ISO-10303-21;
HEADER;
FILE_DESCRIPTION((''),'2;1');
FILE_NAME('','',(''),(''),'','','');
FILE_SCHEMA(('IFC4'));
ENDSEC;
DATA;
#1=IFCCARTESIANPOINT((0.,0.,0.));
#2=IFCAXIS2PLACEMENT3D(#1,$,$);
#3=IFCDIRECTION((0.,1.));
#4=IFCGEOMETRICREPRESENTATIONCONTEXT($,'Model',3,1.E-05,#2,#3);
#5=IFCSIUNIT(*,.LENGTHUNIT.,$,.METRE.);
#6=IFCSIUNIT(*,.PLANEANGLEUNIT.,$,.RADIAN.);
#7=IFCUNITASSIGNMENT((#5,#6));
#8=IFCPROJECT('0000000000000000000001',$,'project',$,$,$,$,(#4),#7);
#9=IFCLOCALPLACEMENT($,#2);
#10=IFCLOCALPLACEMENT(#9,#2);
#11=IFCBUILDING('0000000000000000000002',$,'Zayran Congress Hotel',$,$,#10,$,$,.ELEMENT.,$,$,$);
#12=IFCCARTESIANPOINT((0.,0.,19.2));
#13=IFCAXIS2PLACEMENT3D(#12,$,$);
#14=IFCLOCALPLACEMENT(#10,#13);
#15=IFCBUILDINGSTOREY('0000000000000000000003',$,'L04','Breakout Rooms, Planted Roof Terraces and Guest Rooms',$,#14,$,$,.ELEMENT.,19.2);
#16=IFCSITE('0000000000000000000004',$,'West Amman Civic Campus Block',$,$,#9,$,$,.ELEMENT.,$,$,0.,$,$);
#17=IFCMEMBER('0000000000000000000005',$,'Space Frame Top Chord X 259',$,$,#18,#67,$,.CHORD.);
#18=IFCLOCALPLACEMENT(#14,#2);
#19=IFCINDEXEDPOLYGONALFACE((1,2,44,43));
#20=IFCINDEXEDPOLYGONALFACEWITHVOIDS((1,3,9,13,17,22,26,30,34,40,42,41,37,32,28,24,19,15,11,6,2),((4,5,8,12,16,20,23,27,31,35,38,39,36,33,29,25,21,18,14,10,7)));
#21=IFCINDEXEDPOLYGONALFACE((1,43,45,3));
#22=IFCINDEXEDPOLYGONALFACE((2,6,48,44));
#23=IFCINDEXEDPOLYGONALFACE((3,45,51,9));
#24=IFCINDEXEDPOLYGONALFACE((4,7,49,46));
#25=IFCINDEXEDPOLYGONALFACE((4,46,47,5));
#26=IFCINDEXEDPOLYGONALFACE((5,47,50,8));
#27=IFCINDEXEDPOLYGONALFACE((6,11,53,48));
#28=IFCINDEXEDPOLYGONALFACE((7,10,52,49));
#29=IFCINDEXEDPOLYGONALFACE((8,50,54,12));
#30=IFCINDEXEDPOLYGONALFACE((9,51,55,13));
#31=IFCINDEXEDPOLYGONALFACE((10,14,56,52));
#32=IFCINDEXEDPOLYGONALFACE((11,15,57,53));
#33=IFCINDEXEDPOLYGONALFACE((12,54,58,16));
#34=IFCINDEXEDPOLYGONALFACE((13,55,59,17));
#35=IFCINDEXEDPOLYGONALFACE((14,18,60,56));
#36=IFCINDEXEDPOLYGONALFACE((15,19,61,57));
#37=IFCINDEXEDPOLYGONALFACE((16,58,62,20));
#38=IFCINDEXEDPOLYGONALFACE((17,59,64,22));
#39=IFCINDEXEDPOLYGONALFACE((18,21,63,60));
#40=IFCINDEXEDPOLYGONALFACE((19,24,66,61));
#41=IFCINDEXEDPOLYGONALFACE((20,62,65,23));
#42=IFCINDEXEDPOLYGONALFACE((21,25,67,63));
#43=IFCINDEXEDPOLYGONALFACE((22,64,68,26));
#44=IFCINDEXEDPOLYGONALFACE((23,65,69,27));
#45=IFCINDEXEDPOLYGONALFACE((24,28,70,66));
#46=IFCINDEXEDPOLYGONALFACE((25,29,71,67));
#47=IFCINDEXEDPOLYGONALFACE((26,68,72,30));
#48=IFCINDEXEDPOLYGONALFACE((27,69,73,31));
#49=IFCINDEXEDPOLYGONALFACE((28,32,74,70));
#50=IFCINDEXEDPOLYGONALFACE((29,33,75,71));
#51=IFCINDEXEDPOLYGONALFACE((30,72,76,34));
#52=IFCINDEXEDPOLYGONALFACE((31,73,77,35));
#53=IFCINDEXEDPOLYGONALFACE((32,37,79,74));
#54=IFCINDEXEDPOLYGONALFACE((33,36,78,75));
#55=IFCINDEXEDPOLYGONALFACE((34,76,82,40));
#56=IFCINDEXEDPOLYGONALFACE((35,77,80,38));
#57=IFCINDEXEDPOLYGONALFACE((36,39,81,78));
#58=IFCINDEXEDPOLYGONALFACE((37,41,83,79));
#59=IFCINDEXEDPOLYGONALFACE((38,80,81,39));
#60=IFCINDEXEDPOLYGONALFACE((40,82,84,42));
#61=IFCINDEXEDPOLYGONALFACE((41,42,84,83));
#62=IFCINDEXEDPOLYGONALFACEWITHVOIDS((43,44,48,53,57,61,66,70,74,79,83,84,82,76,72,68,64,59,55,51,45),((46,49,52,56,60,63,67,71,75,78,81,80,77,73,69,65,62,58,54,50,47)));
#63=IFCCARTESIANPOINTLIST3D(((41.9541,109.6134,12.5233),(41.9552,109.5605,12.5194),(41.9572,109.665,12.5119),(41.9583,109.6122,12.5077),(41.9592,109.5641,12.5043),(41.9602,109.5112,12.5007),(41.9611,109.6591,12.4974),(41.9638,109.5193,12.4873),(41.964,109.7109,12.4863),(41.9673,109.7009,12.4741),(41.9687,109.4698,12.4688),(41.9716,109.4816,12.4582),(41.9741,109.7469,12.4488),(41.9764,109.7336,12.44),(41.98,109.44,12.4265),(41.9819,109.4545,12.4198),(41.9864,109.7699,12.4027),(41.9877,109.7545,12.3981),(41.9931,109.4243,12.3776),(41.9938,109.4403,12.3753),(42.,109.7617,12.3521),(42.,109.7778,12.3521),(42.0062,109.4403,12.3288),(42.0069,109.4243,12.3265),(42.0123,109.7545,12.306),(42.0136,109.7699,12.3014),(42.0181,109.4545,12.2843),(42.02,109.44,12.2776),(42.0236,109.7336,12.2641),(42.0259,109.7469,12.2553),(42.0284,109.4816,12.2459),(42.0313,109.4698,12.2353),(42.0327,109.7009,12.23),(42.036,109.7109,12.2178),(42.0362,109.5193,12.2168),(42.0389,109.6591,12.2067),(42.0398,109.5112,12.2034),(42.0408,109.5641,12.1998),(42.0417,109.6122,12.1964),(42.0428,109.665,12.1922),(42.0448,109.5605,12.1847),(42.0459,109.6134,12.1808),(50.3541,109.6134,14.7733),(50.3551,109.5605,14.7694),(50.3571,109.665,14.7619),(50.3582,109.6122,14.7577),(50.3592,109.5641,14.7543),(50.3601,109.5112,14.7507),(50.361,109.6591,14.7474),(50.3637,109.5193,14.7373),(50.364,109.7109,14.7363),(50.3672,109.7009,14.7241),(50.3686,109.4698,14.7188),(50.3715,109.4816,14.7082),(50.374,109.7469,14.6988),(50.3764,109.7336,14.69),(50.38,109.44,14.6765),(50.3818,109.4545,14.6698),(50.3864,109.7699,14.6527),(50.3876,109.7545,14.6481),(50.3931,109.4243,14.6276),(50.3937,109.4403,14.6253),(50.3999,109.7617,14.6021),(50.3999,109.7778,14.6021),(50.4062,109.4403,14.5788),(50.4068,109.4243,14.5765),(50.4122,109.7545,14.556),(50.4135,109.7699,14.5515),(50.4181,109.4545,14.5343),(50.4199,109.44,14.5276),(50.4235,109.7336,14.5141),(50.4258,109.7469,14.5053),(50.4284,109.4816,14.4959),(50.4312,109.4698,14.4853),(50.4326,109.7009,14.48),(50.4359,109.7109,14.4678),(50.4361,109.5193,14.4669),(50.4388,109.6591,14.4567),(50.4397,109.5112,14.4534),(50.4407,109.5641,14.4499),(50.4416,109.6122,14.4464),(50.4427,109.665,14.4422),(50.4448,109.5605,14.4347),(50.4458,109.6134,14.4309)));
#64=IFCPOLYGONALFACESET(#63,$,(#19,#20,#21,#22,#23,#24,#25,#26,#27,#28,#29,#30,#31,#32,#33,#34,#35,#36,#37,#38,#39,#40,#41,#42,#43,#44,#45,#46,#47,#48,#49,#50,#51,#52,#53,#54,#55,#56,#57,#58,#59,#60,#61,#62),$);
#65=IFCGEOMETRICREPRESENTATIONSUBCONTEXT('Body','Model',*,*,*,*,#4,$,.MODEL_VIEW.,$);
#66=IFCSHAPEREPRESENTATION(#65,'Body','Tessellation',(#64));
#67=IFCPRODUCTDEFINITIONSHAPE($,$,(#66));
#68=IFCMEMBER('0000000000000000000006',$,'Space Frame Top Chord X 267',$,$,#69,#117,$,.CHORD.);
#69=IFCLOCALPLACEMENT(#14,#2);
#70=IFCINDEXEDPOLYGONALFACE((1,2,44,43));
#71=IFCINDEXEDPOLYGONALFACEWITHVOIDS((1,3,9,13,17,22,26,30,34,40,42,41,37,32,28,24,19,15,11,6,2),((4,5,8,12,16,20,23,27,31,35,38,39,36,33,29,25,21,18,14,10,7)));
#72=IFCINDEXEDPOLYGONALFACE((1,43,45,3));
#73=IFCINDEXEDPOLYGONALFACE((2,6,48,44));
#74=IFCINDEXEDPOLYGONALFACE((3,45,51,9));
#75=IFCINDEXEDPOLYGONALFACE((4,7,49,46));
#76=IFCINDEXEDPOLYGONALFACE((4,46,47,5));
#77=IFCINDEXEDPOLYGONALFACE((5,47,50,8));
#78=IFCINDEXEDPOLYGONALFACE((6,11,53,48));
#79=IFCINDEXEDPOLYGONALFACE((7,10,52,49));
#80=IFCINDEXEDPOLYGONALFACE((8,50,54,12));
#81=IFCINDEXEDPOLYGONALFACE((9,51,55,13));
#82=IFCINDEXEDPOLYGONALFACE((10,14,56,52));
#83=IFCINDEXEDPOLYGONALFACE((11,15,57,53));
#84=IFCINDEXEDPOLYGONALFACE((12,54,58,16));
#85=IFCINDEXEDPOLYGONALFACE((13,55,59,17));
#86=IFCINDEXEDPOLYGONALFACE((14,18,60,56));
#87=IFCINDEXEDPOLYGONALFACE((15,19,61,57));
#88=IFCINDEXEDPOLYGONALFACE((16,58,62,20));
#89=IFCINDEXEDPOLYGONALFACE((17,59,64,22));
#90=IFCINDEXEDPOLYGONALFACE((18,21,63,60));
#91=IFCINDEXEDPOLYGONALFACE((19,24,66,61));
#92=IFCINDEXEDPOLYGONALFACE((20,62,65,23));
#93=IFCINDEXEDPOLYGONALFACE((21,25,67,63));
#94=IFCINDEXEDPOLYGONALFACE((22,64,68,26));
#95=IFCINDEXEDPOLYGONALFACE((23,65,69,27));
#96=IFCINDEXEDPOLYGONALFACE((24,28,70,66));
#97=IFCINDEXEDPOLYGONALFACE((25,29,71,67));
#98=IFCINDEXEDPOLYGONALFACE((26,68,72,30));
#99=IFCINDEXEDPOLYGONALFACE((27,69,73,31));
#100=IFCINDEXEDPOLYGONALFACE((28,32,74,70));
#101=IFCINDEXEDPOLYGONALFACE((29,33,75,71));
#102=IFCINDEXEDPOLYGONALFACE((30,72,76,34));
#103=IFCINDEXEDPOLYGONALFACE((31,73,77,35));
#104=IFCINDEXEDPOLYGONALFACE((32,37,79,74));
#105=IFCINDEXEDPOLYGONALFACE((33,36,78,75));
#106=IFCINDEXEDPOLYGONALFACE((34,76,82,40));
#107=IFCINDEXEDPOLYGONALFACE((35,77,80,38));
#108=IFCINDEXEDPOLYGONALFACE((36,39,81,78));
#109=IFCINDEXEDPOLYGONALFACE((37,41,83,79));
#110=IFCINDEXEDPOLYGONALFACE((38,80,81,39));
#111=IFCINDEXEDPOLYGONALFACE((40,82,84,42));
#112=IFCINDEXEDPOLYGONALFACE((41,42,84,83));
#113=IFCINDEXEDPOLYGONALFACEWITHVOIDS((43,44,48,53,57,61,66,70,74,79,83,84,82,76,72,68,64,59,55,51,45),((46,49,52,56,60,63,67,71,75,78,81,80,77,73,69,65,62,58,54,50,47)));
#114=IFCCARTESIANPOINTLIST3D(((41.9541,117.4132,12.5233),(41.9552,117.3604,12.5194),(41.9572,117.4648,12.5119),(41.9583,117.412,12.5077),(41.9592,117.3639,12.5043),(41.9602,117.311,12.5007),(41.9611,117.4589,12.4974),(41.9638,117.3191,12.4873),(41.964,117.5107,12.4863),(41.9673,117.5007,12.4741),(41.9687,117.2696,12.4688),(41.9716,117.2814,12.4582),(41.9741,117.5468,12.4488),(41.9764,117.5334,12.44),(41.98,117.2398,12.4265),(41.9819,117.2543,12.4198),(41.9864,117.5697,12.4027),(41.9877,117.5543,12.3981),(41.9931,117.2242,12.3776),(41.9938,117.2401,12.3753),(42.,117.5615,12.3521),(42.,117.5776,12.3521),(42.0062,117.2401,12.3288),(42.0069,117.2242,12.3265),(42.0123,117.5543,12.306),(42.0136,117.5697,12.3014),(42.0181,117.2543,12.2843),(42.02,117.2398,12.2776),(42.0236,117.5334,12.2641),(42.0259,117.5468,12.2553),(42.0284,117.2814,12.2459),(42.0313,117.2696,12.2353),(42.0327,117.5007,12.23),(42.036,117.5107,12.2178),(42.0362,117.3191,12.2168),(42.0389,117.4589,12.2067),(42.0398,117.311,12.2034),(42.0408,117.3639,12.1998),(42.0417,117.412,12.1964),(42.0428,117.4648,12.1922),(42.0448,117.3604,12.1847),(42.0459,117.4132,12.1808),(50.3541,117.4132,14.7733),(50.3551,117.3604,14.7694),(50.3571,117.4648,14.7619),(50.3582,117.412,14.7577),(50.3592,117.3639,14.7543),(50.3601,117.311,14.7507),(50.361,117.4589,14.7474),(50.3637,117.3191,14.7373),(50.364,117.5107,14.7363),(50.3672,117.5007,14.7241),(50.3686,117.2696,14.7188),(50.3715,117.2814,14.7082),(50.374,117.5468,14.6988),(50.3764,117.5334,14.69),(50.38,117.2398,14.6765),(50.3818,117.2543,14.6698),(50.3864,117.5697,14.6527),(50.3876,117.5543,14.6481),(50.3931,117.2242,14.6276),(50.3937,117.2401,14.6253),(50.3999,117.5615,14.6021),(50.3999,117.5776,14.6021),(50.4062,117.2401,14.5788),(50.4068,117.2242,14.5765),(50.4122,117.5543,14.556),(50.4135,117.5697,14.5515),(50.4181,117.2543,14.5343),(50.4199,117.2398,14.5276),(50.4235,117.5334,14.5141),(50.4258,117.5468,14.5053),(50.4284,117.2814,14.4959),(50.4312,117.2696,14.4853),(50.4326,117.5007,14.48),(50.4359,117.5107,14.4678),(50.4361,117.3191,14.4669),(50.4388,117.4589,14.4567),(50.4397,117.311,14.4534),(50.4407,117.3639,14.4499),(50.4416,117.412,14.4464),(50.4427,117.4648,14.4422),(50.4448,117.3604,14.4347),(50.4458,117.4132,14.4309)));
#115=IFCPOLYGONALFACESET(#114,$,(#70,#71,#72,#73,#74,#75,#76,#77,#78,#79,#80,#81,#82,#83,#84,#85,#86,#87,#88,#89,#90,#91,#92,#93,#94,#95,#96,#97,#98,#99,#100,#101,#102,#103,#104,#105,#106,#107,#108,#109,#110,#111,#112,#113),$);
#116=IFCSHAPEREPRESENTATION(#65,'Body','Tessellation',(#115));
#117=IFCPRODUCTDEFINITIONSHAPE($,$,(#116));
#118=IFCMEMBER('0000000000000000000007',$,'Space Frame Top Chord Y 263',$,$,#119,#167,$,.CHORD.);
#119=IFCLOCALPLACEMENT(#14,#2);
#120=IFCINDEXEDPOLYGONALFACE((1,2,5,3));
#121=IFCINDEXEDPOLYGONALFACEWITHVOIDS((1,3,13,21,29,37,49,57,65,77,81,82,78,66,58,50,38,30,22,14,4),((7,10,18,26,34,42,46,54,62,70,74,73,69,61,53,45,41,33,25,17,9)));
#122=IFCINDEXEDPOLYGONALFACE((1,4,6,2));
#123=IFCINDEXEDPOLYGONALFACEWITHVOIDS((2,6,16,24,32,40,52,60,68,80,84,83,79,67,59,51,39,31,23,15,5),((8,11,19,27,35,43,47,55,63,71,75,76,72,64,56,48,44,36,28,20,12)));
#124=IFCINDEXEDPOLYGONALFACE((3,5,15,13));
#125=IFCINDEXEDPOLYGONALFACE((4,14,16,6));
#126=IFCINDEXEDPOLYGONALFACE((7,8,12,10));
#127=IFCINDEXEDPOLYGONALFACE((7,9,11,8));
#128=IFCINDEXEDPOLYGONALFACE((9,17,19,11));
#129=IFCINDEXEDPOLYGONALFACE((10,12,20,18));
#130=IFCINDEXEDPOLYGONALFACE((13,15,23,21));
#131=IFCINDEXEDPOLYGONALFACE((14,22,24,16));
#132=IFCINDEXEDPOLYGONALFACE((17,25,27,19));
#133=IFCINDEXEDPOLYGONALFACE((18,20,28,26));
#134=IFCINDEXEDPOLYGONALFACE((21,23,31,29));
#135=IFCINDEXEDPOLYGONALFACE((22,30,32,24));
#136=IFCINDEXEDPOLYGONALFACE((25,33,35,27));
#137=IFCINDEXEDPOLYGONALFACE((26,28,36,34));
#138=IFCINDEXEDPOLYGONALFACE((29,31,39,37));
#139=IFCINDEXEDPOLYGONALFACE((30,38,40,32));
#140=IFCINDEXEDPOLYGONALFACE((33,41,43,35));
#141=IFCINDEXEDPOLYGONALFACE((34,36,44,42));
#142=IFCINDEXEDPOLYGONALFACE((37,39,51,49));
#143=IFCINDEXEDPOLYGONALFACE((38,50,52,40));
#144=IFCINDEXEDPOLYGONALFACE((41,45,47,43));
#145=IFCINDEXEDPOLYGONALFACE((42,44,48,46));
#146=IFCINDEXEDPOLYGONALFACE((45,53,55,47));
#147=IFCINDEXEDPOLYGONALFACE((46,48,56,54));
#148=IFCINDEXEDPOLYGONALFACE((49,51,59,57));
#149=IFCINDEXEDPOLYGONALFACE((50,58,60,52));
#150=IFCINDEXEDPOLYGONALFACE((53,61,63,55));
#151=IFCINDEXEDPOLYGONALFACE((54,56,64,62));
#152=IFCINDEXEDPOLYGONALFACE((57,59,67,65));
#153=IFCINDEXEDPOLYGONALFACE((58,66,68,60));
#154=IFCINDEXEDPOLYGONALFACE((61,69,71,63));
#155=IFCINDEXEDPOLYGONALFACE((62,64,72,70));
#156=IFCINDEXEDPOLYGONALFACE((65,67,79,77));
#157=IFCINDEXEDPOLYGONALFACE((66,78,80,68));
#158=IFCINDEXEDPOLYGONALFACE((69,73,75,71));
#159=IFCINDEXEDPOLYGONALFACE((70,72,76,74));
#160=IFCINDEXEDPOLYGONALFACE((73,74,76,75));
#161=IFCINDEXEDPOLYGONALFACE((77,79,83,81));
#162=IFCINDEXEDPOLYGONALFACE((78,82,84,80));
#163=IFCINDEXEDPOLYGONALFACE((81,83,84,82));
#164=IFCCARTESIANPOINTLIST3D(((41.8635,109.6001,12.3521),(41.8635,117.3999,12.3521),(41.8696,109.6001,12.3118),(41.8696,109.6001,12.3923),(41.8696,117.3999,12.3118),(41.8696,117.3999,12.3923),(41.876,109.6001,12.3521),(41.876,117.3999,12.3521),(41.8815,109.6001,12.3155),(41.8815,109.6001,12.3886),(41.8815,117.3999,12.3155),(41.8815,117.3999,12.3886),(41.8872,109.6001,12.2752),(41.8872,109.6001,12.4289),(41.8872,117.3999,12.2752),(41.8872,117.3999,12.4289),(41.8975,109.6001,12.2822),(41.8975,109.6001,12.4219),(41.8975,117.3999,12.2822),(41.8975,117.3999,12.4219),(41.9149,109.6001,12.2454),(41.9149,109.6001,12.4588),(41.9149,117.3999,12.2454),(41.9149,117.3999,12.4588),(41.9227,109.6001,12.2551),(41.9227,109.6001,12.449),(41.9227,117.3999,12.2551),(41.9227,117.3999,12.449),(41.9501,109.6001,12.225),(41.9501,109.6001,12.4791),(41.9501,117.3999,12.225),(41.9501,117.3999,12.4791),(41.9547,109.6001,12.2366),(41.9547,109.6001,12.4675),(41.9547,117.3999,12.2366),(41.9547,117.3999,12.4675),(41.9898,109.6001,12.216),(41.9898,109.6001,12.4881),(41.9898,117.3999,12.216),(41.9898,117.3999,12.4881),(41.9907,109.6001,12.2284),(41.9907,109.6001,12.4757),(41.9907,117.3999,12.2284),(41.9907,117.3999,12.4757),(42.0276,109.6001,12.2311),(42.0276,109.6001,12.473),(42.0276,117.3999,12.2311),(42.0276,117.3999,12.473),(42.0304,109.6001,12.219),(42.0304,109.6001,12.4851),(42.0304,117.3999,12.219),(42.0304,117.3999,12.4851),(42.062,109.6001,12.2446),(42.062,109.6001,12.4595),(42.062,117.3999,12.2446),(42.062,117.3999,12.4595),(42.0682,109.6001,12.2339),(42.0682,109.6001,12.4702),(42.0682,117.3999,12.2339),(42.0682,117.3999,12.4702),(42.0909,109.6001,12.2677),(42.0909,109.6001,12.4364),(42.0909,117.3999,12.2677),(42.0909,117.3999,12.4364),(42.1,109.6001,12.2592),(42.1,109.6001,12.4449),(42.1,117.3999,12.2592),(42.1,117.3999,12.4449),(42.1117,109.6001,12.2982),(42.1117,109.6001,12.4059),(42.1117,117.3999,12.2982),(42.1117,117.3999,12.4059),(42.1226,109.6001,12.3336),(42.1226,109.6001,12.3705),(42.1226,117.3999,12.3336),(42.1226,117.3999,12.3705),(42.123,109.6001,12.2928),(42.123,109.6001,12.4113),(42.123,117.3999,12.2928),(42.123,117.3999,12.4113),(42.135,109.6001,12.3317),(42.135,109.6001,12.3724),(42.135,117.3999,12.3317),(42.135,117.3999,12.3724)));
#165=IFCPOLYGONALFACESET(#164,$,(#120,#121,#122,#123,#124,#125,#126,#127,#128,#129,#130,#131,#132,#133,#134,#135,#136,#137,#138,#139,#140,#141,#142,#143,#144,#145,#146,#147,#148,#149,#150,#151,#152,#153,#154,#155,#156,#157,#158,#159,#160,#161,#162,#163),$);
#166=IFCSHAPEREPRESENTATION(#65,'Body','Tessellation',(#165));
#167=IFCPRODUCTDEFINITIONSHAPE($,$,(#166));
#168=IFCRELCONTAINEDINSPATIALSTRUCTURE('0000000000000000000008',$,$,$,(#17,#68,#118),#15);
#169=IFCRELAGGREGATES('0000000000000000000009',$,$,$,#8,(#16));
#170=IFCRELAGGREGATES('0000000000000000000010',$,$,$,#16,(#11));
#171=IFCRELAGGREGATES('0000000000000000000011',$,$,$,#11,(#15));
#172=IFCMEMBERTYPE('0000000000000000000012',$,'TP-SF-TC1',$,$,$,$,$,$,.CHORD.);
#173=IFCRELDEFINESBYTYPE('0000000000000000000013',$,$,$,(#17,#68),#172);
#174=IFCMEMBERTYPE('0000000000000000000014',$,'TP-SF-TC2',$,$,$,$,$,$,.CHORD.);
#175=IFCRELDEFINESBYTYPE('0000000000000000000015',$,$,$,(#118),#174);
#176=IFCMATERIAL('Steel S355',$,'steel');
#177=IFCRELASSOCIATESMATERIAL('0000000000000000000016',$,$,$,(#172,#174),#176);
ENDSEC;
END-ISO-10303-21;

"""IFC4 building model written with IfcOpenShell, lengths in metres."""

from ifc_helpers import new_model, si_unit, direction, frame, origin, origin_2d, place, context, subcontext, project, spatial, hollow_circle, extrude, material, material_profile, profile_set, type_object, element, save


model = new_model("IFC4")

# Units and contexts
model_context = context("Model", 3, precision=1e-05, world=origin(), true_north=direction((0.0, 1.0)))
body_context = subcontext(model_context, "Body", "Model", "MODEL_VIEW")
ifc_project = project(units=[si_unit("LENGTHUNIT", "METRE"), si_unit("PLANEANGLEUNIT", "RADIAN")], contexts=[model_context])

# Site, building, storey
site_placement = place(None, origin())
site = spatial("IfcSite", under=ifc_project, at=site_placement, Name="West Amman Civic Campus Block", CompositionType="ELEMENT", RefElevation=0.0)
building_placement = place(site_placement, origin())
building = spatial("IfcBuilding", under=site, at=building_placement, Name="Zayran Congress Hotel", CompositionType="ELEMENT")
storey_placement = place(building_placement, frame((0.0, 0.0, 19.2)))
storey = spatial("IfcBuildingStorey", under=building, at=storey_placement, Name="L04", Description="Breakout Rooms, Planted Roof Terraces and Guest Rooms", CompositionType="ELEMENT", Elevation=19.2)

# Members
ifc_material_1 = material(Name="Steel S355", Category="steel")
ifc_material_profile_1 = material_profile(ifc_material_1, hollow_circle(Radius=0.1777, WallThickness=0.0161, at=origin_2d()), Name="CHS 355.6x16")
ifc_profile_set_1 = profile_set([ifc_material_profile_1], Name="Steel S355")
member_type_1 = type_object("IfcMemberType", Name="TP-SF-TC1", PredefinedType="CHORD", material=ifc_profile_set_1)
for number, where, z_axis, x_axis, name in (
    (1, (42.0, 109.6001, 12.3521), (0.965947, 0.0, 0.258739), (0.0, 1.0, 0.0), "Space Frame Top Chord X 259"),
    (2, (42.0, 117.3999, 12.3521), (0.965947, 0.0, 0.258739), (0.0, 1.0, 0.0), "Space Frame Top Chord X 267"),
):
    element("IfcMember", number, at=place(storey_placement, frame(where, z_axis=z_axis, x_axis=x_axis)), inside=storey, type_object=member_type_1, Name=name, PredefinedType="CHORD", context=body_context, shape_type="SweptSolid", body=[
        extrude(hollow_circle(Radius=0.1777, WallThickness=0.0161, at=origin_2d()), origin(), (0.0, 0.0, 1.0), 8.696),
    ])
ifc_material_profile_2 = material_profile(ifc_material_1, hollow_circle(Radius=0.1365, WallThickness=0.0125, at=origin_2d()), Name="CHS 273x12.5")
ifc_profile_set_2 = profile_set([ifc_material_profile_2], Name="Steel S355")
member_type_2 = type_object("IfcMemberType", Name="TP-SF-TC2", PredefinedType="CHORD", material=ifc_profile_set_2)
member_1_placement = place(storey_placement, frame((42.0, 109.6001, 12.3521), z_axis=(0.0, 1.0, 0.0), x_axis=(-1.0, 0.0, 0.0)))
element("IfcMember", 3, at=member_1_placement, inside=storey, type_object=member_type_2, Name="Space Frame Top Chord Y 263", PredefinedType="CHORD", context=body_context, shape_type="SweptSolid", body=[
    extrude(hollow_circle(Radius=0.1365, WallThickness=0.0125, at=origin_2d()), origin(), (0.0, 0.0, 1.0), 7.7998),
])

save(model, "model.ifc")
